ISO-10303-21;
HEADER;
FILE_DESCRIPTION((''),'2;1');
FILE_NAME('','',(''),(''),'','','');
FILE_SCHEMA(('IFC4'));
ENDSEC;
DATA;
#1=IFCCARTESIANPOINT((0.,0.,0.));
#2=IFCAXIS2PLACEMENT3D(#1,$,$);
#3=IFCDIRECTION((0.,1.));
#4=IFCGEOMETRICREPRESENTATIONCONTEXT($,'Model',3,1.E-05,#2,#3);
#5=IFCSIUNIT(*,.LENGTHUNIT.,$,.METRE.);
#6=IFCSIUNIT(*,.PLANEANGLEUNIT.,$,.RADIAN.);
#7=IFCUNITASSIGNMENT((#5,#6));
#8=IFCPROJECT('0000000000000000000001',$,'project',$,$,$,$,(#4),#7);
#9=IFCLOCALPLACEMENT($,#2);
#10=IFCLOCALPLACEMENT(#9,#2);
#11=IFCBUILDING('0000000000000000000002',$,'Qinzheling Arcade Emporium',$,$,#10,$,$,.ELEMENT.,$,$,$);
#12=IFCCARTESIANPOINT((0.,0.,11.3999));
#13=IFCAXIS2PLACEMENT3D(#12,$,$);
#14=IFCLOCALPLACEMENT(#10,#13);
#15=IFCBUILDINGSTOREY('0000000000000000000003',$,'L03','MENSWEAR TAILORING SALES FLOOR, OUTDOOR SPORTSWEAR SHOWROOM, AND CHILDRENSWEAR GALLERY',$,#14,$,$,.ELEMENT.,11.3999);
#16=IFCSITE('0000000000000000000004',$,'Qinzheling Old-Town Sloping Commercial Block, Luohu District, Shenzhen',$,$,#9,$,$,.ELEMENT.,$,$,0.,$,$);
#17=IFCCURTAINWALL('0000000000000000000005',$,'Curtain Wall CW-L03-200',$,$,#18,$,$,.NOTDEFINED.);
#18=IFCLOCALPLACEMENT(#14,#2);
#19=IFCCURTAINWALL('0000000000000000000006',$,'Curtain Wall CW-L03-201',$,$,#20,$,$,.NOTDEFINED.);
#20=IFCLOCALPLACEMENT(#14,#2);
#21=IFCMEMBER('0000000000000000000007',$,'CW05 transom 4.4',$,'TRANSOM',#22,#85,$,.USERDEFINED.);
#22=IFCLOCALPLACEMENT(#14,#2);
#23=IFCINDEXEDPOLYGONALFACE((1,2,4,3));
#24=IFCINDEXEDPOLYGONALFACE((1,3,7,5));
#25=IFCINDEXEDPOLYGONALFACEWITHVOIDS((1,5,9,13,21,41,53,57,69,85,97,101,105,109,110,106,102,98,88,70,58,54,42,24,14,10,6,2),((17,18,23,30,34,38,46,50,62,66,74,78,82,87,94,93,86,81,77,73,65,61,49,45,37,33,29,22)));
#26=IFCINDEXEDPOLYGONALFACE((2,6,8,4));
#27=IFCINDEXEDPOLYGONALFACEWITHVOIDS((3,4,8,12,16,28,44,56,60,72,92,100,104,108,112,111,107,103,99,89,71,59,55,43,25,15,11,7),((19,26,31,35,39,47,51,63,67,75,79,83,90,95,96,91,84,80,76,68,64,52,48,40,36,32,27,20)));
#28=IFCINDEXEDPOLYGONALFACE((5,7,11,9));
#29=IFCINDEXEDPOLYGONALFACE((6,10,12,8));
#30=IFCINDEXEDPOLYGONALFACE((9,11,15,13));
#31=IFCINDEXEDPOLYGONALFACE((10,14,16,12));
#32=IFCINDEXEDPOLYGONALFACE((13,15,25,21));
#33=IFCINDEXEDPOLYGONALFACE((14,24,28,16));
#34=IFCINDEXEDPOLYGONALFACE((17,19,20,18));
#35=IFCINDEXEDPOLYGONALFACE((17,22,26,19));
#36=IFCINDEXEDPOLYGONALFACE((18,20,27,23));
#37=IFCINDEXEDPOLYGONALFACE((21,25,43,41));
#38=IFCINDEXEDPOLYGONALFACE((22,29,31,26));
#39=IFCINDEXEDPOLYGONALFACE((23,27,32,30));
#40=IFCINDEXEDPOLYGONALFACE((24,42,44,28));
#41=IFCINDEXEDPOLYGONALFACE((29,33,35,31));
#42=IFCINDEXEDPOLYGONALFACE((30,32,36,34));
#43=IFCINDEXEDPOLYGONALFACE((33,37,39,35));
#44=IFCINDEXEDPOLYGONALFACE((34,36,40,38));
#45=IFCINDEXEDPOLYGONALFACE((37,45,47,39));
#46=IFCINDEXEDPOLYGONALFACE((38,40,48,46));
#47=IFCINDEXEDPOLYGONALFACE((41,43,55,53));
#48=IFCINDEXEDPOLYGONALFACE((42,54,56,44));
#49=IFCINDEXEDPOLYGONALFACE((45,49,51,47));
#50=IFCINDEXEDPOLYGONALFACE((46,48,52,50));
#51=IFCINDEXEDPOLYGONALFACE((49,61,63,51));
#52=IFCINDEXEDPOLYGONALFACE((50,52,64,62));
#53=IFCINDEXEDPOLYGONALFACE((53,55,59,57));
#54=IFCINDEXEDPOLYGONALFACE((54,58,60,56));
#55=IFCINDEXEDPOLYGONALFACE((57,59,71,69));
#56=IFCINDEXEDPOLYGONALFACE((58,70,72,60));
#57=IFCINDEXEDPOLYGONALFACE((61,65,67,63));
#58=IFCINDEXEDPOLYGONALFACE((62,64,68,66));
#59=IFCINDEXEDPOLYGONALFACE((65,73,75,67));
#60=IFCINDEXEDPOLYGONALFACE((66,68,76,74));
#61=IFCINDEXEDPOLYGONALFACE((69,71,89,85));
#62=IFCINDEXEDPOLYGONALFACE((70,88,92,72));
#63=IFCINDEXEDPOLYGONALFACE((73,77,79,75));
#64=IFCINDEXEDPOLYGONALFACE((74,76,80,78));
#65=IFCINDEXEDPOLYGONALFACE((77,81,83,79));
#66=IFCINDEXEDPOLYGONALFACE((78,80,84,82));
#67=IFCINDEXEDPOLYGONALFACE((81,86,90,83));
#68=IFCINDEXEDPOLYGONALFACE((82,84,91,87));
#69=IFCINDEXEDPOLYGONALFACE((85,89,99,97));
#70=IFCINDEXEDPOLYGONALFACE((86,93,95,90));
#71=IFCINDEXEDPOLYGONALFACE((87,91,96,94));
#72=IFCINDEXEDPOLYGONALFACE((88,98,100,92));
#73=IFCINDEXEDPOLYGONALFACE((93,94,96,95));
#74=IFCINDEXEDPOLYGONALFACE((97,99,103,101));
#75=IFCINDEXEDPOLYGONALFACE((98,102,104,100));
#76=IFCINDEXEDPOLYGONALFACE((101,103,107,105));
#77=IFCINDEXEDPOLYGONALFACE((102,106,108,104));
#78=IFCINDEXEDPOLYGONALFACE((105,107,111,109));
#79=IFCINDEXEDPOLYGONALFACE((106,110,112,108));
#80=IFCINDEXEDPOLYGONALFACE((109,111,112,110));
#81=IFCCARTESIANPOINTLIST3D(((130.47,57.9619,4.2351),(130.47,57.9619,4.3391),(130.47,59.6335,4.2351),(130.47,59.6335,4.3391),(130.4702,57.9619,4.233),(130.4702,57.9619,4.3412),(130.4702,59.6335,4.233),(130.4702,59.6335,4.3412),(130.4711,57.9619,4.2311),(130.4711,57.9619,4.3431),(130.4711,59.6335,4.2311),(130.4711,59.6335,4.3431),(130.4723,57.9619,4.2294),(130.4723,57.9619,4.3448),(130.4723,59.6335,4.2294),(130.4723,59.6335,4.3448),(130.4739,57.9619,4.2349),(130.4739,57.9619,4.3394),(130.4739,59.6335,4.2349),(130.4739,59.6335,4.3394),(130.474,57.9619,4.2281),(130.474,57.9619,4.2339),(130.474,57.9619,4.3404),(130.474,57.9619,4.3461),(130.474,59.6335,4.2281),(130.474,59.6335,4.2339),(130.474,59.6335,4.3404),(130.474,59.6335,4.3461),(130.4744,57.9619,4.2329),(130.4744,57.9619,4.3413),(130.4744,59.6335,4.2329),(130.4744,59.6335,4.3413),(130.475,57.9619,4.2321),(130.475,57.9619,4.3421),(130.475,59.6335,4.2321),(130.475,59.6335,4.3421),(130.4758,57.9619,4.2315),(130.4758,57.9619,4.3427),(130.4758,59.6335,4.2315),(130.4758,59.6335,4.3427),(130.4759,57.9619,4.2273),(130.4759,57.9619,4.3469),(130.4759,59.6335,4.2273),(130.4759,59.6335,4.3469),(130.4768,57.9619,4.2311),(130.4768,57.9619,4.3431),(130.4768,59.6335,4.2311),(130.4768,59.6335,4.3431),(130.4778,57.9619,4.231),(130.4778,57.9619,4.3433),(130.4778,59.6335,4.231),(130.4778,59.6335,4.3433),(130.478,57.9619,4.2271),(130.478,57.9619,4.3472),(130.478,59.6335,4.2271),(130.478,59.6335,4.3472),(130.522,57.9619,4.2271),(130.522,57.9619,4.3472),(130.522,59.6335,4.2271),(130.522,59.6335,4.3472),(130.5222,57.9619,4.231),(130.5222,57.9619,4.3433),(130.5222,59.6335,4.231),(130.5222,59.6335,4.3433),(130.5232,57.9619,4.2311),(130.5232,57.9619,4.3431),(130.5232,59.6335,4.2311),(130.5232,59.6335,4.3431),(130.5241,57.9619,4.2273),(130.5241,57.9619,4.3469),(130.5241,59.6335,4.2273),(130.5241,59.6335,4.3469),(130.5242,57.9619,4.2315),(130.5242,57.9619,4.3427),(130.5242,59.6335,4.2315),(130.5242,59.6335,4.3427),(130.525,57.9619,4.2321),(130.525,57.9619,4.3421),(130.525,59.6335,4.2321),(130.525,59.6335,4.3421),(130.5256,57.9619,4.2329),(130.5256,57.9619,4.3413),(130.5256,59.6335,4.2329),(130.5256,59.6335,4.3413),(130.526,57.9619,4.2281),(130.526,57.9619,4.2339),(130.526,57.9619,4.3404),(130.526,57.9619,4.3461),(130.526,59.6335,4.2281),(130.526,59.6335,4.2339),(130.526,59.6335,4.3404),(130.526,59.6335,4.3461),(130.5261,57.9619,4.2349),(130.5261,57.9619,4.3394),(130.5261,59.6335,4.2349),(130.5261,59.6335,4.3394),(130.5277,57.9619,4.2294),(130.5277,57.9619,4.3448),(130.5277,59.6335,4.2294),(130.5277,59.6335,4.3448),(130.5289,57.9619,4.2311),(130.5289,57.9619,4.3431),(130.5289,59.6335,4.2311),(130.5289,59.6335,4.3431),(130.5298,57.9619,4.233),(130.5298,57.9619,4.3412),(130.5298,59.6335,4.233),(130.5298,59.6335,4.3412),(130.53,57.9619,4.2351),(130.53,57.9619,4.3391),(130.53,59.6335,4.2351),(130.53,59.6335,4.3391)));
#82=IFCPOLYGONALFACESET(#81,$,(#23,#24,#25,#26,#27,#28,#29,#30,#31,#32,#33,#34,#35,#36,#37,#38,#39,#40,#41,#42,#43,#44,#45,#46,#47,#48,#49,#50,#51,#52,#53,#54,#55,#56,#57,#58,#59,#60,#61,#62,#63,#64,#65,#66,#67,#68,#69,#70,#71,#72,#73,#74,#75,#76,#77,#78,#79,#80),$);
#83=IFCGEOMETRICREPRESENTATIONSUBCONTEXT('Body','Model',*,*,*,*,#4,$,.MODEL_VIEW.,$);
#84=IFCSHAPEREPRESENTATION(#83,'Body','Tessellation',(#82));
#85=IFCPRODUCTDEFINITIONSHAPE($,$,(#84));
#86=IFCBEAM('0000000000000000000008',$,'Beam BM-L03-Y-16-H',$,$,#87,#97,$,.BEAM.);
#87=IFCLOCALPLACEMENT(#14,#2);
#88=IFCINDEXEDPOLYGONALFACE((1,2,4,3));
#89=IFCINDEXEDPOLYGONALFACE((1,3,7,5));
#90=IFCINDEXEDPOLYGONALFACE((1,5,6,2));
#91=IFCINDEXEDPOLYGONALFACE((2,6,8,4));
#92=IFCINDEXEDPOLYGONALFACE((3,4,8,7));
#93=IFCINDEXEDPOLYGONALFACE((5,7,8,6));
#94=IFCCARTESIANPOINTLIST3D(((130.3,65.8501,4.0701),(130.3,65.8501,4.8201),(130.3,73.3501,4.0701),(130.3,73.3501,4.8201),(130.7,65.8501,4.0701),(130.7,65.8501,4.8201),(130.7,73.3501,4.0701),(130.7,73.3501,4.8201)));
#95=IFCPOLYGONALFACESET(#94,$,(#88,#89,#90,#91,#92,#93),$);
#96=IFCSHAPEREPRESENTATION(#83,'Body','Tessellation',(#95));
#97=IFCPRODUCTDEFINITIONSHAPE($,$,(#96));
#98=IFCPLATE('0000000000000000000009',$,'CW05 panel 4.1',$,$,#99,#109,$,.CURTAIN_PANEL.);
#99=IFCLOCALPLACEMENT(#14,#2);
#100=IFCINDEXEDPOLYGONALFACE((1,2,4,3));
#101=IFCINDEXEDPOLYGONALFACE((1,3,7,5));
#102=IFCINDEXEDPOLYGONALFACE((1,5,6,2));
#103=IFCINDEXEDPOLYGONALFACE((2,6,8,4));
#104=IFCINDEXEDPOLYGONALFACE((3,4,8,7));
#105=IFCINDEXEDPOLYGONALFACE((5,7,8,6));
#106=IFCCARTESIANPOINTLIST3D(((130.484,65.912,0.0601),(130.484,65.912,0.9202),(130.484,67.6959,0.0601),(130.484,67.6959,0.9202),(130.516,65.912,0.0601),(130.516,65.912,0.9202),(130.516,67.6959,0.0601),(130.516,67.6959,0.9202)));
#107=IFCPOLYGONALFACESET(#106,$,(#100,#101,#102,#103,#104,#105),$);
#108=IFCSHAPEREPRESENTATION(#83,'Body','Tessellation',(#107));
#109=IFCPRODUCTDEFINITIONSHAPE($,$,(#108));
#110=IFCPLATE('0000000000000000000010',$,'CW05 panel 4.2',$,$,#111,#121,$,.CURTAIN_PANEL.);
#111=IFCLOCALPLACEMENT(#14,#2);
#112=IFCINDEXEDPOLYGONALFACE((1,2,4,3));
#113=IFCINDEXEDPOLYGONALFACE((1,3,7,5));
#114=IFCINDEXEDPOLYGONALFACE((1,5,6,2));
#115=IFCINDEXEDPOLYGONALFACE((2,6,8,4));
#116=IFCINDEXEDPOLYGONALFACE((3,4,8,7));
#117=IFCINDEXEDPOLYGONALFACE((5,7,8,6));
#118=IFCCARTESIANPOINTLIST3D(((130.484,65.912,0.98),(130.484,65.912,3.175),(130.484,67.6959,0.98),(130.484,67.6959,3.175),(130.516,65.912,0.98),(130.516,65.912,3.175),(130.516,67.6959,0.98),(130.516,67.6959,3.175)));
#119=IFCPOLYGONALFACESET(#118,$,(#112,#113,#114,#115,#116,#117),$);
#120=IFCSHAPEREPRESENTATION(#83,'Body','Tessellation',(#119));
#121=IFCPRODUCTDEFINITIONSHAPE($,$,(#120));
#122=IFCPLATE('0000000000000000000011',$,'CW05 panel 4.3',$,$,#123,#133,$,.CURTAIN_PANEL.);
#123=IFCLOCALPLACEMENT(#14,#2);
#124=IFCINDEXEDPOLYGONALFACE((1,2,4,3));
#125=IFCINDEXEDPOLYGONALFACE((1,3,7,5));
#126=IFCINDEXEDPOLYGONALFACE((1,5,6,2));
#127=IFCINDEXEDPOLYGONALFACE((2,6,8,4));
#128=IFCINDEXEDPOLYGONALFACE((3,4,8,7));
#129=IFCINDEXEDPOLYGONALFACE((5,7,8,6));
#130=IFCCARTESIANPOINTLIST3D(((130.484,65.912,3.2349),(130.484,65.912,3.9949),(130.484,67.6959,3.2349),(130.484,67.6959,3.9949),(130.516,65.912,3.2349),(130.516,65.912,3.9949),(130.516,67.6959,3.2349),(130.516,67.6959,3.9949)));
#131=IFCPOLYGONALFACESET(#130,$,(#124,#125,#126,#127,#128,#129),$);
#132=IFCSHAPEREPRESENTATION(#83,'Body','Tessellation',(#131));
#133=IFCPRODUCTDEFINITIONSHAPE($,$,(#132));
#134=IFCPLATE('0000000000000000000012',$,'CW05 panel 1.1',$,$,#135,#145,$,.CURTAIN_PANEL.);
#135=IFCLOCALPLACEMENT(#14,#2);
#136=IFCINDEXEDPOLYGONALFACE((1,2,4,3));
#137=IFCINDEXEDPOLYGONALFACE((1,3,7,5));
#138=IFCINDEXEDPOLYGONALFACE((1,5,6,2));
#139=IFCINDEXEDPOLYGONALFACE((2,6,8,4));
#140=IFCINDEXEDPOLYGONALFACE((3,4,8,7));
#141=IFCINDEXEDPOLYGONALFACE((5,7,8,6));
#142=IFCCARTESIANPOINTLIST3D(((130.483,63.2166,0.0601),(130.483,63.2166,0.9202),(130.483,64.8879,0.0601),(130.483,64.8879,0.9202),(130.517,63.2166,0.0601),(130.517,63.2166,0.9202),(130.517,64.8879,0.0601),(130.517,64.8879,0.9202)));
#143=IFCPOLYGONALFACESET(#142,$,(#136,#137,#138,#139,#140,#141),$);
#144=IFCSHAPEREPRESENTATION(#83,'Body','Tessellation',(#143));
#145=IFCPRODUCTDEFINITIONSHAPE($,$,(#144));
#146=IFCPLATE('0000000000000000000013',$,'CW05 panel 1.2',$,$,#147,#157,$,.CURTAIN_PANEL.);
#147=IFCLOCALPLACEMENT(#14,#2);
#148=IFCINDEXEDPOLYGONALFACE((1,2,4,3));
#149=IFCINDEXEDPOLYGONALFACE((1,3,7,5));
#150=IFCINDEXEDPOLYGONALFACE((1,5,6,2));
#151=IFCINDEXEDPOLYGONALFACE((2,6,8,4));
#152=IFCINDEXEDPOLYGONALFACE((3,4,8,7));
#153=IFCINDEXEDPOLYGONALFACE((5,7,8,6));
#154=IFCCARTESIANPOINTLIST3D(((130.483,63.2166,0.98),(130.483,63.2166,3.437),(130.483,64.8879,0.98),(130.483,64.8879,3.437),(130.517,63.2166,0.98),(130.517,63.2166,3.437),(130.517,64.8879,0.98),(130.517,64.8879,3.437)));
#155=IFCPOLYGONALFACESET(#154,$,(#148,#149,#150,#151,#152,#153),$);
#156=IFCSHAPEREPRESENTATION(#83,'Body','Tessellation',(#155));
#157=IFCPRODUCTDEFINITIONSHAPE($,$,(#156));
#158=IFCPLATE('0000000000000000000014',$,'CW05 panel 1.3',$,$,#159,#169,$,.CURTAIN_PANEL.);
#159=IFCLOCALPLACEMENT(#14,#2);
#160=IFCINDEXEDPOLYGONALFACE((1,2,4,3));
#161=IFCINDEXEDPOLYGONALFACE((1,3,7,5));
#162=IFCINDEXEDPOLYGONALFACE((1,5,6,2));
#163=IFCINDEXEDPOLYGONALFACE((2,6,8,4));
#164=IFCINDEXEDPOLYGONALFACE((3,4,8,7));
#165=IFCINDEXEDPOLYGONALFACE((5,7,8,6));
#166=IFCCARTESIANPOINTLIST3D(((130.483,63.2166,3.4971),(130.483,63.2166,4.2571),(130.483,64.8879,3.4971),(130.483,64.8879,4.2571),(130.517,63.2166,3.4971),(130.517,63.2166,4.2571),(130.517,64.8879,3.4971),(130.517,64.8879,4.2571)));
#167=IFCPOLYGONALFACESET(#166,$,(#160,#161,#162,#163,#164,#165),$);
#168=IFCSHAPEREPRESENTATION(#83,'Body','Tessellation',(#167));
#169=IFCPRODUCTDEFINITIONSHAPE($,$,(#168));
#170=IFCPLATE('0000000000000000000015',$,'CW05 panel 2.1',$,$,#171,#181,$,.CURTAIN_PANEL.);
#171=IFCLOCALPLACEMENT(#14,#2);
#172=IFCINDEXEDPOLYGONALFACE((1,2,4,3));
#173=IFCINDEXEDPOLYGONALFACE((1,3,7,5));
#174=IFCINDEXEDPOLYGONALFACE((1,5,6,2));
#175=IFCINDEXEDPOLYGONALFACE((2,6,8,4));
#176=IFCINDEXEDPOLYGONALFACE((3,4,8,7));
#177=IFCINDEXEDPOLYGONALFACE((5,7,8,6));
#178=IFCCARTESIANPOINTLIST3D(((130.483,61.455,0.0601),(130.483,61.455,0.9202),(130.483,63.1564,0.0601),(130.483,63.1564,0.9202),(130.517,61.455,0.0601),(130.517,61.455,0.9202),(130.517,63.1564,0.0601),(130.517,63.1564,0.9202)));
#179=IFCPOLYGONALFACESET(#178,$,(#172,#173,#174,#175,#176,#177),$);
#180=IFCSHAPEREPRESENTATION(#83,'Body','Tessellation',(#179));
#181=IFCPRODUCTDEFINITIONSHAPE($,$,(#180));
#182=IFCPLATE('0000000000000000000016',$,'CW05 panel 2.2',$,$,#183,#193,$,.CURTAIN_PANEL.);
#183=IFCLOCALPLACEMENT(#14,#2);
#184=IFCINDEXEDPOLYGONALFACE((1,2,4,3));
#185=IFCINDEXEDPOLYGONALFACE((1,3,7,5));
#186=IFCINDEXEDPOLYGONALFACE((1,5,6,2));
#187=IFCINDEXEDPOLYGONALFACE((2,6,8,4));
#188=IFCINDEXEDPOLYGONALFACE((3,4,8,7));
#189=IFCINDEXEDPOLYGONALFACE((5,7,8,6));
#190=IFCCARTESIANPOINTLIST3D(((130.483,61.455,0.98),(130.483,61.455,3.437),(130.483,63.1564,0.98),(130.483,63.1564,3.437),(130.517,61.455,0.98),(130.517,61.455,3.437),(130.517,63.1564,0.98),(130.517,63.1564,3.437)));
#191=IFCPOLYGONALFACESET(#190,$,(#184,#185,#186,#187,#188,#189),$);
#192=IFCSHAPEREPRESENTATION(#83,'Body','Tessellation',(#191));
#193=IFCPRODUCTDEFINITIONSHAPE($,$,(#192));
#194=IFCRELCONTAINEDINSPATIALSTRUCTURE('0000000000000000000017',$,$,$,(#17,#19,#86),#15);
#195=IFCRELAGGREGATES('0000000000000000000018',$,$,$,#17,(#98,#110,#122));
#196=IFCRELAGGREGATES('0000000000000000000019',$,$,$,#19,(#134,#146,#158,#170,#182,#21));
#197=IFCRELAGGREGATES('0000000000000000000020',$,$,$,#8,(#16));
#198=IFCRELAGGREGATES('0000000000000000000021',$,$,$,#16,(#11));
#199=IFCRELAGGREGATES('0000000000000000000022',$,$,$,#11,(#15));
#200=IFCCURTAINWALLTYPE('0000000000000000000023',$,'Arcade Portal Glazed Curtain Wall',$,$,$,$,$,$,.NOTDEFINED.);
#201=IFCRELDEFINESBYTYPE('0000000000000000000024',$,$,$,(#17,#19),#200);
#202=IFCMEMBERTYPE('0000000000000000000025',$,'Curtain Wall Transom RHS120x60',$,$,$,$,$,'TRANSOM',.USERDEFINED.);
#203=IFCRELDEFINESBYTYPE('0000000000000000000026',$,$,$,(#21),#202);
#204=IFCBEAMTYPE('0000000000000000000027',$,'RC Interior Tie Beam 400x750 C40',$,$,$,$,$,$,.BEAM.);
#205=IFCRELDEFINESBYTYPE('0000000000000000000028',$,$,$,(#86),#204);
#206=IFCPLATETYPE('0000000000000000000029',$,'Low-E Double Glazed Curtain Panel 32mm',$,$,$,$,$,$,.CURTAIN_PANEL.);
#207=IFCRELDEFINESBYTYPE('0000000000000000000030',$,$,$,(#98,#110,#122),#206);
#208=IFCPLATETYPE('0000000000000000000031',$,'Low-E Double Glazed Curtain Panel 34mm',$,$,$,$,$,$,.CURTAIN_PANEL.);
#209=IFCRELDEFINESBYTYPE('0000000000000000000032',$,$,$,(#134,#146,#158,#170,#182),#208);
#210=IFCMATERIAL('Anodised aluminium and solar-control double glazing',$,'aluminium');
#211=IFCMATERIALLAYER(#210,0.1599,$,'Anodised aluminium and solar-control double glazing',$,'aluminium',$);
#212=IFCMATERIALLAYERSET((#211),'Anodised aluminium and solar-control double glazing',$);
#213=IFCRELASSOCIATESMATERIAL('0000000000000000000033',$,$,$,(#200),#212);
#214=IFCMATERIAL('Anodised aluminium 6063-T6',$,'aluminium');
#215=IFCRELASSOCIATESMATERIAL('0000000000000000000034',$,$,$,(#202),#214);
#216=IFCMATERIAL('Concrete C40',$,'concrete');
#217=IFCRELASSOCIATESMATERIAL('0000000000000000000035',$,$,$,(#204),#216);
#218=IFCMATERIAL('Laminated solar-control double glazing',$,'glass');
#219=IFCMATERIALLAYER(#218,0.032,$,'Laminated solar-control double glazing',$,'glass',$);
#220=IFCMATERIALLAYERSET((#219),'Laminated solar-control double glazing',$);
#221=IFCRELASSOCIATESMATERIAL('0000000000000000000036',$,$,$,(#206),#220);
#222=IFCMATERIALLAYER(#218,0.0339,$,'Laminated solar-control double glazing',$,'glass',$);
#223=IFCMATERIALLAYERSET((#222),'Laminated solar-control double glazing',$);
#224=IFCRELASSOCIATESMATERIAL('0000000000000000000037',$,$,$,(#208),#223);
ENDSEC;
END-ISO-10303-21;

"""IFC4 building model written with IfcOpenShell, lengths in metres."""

from ifc_helpers import new_model, si_unit, direction, frame, origin, origin_2d, place, context, subcontext, project, spatial, rectangle, hollow_rectangle, extrude, material, layer, layer_set, material_profile, profile_set, type_object, element, aggregate, save


model = new_model("IFC4")

# Units and contexts
model_context = context("Model", 3, precision=1e-05, world=origin(), true_north=direction((0.0, 1.0)))
body_context = subcontext(model_context, "Body", "Model", "MODEL_VIEW")
ifc_project = project(units=[si_unit("LENGTHUNIT", "METRE"), si_unit("PLANEANGLEUNIT", "RADIAN")], contexts=[model_context])

# Site, building, storey
site_placement = place(None, origin())
site = spatial("IfcSite", under=ifc_project, at=site_placement, Name="Qinzheling Old-Town Sloping Commercial Block, Luohu District, Shenzhen", CompositionType="ELEMENT", RefElevation=0.0)
building_placement = place(site_placement, origin())
building = spatial("IfcBuilding", under=site, at=building_placement, Name="Qinzheling Arcade Emporium", CompositionType="ELEMENT")
storey_placement = place(building_placement, frame((0.0, 0.0, 11.3999)))
storey = spatial("IfcBuildingStorey", under=building, at=storey_placement, Name="L03", Description="MENSWEAR TAILORING SALES FLOOR, OUTDOOR SPORTSWEAR SHOWROOM, AND CHILDRENSWEAR GALLERY", CompositionType="ELEMENT", Elevation=11.3999)

# Curtain wall
ifc_material_1 = material(Name="Anodised aluminium and solar-control double glazing", Category="aluminium")
ifc_layer_1 = layer(ifc_material_1, 0.1599, Name="Anodised aluminium and solar-control double glazing", Category="aluminium")
ifc_layer_set_1 = layer_set([ifc_layer_1], Name="Anodised aluminium and solar-control double glazing")
curtain_wall_type = type_object("IfcCurtainWallType", Name="Arcade Portal Glazed Curtain Wall", PredefinedType="NOTDEFINED", material=ifc_layer_set_1)
curtain_wall_1_placement = place(storey_placement, origin())
curtain_wall_1 = element("IfcCurtainWall", 1, at=curtain_wall_1_placement, inside=storey, type_object=curtain_wall_type, Name="Curtain Wall CW-L03-200", PredefinedType="NOTDEFINED")
ifc_material_2 = material(Name="Anodised aluminium 6063-T6", Category="aluminium")

# Curtain wall
curtain_wall_2_placement = place(storey_placement, origin())
curtain_wall_2 = element("IfcCurtainWall", 2, at=curtain_wall_2_placement, inside=storey, type_object=curtain_wall_type, Name="Curtain Wall CW-L03-201", PredefinedType="NOTDEFINED")

# Member
ifc_material_profile_1 = material_profile(ifc_material_2, hollow_rectangle(XDim=0.0601, YDim=0.1201, WallThickness=0.0039, InnerFilletRadius=0.0039, OuterFilletRadius=0.0081, at=origin_2d()), Name="RHS 120x60x4", Category="aluminium")
ifc_profile_set_1 = profile_set([ifc_material_profile_1], Name="Anodised aluminium 6063-T6")
member_type_1 = type_object("IfcMemberType", Name="Curtain Wall Transom RHS120x60", ElementType="TRANSOM", PredefinedType="USERDEFINED", material=ifc_profile_set_1)
member_1_placement = place(storey_placement, frame((130.5, 59.6335, 4.2871), z_axis=(0.0, -1.0, 0.0), x_axis=(1.0, 0.0, 0.0)))
member_1 = element("IfcMember", 3, at=member_1_placement, type_object=member_type_1, Name="CW05 transom 4.4", ObjectType="TRANSOM", PredefinedType="USERDEFINED", context=body_context, shape_type="SweptSolid", body=[
    extrude(hollow_rectangle(XDim=0.0601, YDim=0.1201, WallThickness=0.0039, InnerFilletRadius=0.0039, OuterFilletRadius=0.0081, at=origin_2d()), origin(), (0.0, 0.0, 1.0), 1.6716),
])

# Beam
ifc_material_3 = material(Name="Concrete C40", Category="concrete")
ifc_material_profile_2 = material_profile(ifc_material_3, rectangle(XDim=0.3999, YDim=0.75, at=origin_2d()), Name="RC 400x750", Category="concrete")
ifc_profile_set_2 = profile_set([ifc_material_profile_2], Name="Concrete C40")
beam_type = type_object("IfcBeamType", Name="RC Interior Tie Beam 400x750 C40", PredefinedType="BEAM", material=ifc_profile_set_2)
beam_placement = place(storey_placement, frame((130.5, 65.8501, 4.4451), z_axis=(0.0, 1.0, 0.0), x_axis=(-1.0, 0.0, 0.0)))
element("IfcBeam", 4, at=beam_placement, inside=storey, type_object=beam_type, Name="Beam BM-L03-Y-16-H", PredefinedType="BEAM", context=body_context, shape_type="SweptSolid", body=[
    extrude(rectangle(XDim=0.3999, YDim=0.75, at=origin_2d()), origin(), (0.0, 0.0, 1.0), 7.5),
])

# Plates
ifc_material_4 = material(Name="Laminated solar-control double glazing", Category="glass")
ifc_layer_2 = layer(ifc_material_4, 0.032, Name="Laminated solar-control double glazing", Category="glass")
ifc_layer_set_2 = layer_set([ifc_layer_2], Name="Laminated solar-control double glazing")
plate_type_1 = type_object("IfcPlateType", Name="Low-E Double Glazed Curtain Panel 32mm", PredefinedType="CURTAIN_PANEL", material=ifc_layer_set_2)
plate_1_placement = place(storey_placement, frame((130.5, 66.804, 0.0601), z_axis=(0.0, 0.0, 1.0), x_axis=(0.0, -1.0, 0.0)))
plate_1 = element("IfcPlate", 5, at=plate_1_placement, type_object=plate_type_1, Name="CW05 panel 4.1", PredefinedType="CURTAIN_PANEL", context=body_context, shape_type="SweptSolid", body=[
    extrude(rectangle(XDim=1.7839, YDim=0.032, at=origin_2d()), origin(), (0.0, 0.0, 1.0), 0.8601),
])
plate_2_placement = place(storey_placement, frame((130.5, 66.804, 0.98), z_axis=(0.0, 0.0, 1.0), x_axis=(0.0, -1.0, 0.0)))
plate_2 = element("IfcPlate", 6, at=plate_2_placement, type_object=plate_type_1, Name="CW05 panel 4.2", PredefinedType="CURTAIN_PANEL", context=body_context, shape_type="SweptSolid", body=[
    extrude(rectangle(XDim=1.7839, YDim=0.032, at=origin_2d()), origin(), (0.0, 0.0, 1.0), 2.1951),
])
plate_3_placement = place(storey_placement, frame((130.5, 66.804, 3.2349), z_axis=(0.0, 0.0, 1.0), x_axis=(0.0, -1.0, 0.0)))
plate_3 = element("IfcPlate", 7, at=plate_3_placement, type_object=plate_type_1, Name="CW05 panel 4.3", PredefinedType="CURTAIN_PANEL", context=body_context, shape_type="SweptSolid", body=[
    extrude(rectangle(XDim=1.7839, YDim=0.032, at=origin_2d()), origin(), (0.0, 0.0, 1.0), 0.76),
])
aggregate(curtain_wall_1, [plate_1, plate_2, plate_3])
ifc_layer_3 = layer(ifc_material_4, 0.0339, Name="Laminated solar-control double glazing", Category="glass")
ifc_layer_set_3 = layer_set([ifc_layer_3], Name="Laminated solar-control double glazing")
plate_type_2 = type_object("IfcPlateType", Name="Low-E Double Glazed Curtain Panel 34mm", PredefinedType="CURTAIN_PANEL", material=ifc_layer_set_3)
plate_4_placement = place(storey_placement, frame((130.5, 64.0522, 0.0601), z_axis=(0.0, 0.0, 1.0), x_axis=(0.0, -1.0, 0.0)))
plate_4 = element("IfcPlate", 8, at=plate_4_placement, type_object=plate_type_2, Name="CW05 panel 1.1", PredefinedType="CURTAIN_PANEL", context=body_context, shape_type="SweptSolid", body=[
    extrude(rectangle(XDim=1.6714, YDim=0.0339, at=origin_2d()), origin(), (0.0, 0.0, 1.0), 0.8601),
])
plate_5_placement = place(storey_placement, frame((130.5, 64.0522, 0.98), z_axis=(0.0, 0.0, 1.0), x_axis=(0.0, -1.0, 0.0)))
plate_5 = element("IfcPlate", 9, at=plate_5_placement, type_object=plate_type_2, Name="CW05 panel 1.2", PredefinedType="CURTAIN_PANEL", context=body_context, shape_type="SweptSolid", body=[
    extrude(rectangle(XDim=1.6714, YDim=0.0339, at=origin_2d()), origin(), (0.0, 0.0, 1.0), 2.457),
])
plate_6_placement = place(storey_placement, frame((130.5, 64.0522, 3.4971), z_axis=(0.0, 0.0, 1.0), x_axis=(0.0, -1.0, 0.0)))
plate_6 = element("IfcPlate", 10, at=plate_6_placement, type_object=plate_type_2, Name="CW05 panel 1.3", PredefinedType="CURTAIN_PANEL", context=body_context, shape_type="SweptSolid", body=[
    extrude(rectangle(XDim=1.6714, YDim=0.0339, at=origin_2d()), origin(), (0.0, 0.0, 1.0), 0.76),
])
plate_7_placement = place(storey_placement, frame((130.5, 62.3057, 0.0601), z_axis=(0.0, 0.0, 1.0), x_axis=(0.0, -1.0, 0.0)))
plate_7 = element("IfcPlate", 11, at=plate_7_placement, type_object=plate_type_2, Name="CW05 panel 2.1", PredefinedType="CURTAIN_PANEL", context=body_context, shape_type="SweptSolid", body=[
    extrude(rectangle(XDim=1.7014, YDim=0.0339, at=origin_2d()), origin(), (0.0, 0.0, 1.0), 0.8601),
])
plate_8_placement = place(storey_placement, frame((130.5, 62.3057, 0.98), z_axis=(0.0, 0.0, 1.0), x_axis=(0.0, -1.0, 0.0)))
plate_8 = element("IfcPlate", 12, at=plate_8_placement, type_object=plate_type_2, Name="CW05 panel 2.2", PredefinedType="CURTAIN_PANEL", context=body_context, shape_type="SweptSolid", body=[
    extrude(rectangle(XDim=1.7014, YDim=0.0339, at=origin_2d()), origin(), (0.0, 0.0, 1.0), 2.457),
])
aggregate(curtain_wall_2, [plate_4, plate_5, plate_6, plate_7, plate_8, member_1])

save(model, "model.ifc")
